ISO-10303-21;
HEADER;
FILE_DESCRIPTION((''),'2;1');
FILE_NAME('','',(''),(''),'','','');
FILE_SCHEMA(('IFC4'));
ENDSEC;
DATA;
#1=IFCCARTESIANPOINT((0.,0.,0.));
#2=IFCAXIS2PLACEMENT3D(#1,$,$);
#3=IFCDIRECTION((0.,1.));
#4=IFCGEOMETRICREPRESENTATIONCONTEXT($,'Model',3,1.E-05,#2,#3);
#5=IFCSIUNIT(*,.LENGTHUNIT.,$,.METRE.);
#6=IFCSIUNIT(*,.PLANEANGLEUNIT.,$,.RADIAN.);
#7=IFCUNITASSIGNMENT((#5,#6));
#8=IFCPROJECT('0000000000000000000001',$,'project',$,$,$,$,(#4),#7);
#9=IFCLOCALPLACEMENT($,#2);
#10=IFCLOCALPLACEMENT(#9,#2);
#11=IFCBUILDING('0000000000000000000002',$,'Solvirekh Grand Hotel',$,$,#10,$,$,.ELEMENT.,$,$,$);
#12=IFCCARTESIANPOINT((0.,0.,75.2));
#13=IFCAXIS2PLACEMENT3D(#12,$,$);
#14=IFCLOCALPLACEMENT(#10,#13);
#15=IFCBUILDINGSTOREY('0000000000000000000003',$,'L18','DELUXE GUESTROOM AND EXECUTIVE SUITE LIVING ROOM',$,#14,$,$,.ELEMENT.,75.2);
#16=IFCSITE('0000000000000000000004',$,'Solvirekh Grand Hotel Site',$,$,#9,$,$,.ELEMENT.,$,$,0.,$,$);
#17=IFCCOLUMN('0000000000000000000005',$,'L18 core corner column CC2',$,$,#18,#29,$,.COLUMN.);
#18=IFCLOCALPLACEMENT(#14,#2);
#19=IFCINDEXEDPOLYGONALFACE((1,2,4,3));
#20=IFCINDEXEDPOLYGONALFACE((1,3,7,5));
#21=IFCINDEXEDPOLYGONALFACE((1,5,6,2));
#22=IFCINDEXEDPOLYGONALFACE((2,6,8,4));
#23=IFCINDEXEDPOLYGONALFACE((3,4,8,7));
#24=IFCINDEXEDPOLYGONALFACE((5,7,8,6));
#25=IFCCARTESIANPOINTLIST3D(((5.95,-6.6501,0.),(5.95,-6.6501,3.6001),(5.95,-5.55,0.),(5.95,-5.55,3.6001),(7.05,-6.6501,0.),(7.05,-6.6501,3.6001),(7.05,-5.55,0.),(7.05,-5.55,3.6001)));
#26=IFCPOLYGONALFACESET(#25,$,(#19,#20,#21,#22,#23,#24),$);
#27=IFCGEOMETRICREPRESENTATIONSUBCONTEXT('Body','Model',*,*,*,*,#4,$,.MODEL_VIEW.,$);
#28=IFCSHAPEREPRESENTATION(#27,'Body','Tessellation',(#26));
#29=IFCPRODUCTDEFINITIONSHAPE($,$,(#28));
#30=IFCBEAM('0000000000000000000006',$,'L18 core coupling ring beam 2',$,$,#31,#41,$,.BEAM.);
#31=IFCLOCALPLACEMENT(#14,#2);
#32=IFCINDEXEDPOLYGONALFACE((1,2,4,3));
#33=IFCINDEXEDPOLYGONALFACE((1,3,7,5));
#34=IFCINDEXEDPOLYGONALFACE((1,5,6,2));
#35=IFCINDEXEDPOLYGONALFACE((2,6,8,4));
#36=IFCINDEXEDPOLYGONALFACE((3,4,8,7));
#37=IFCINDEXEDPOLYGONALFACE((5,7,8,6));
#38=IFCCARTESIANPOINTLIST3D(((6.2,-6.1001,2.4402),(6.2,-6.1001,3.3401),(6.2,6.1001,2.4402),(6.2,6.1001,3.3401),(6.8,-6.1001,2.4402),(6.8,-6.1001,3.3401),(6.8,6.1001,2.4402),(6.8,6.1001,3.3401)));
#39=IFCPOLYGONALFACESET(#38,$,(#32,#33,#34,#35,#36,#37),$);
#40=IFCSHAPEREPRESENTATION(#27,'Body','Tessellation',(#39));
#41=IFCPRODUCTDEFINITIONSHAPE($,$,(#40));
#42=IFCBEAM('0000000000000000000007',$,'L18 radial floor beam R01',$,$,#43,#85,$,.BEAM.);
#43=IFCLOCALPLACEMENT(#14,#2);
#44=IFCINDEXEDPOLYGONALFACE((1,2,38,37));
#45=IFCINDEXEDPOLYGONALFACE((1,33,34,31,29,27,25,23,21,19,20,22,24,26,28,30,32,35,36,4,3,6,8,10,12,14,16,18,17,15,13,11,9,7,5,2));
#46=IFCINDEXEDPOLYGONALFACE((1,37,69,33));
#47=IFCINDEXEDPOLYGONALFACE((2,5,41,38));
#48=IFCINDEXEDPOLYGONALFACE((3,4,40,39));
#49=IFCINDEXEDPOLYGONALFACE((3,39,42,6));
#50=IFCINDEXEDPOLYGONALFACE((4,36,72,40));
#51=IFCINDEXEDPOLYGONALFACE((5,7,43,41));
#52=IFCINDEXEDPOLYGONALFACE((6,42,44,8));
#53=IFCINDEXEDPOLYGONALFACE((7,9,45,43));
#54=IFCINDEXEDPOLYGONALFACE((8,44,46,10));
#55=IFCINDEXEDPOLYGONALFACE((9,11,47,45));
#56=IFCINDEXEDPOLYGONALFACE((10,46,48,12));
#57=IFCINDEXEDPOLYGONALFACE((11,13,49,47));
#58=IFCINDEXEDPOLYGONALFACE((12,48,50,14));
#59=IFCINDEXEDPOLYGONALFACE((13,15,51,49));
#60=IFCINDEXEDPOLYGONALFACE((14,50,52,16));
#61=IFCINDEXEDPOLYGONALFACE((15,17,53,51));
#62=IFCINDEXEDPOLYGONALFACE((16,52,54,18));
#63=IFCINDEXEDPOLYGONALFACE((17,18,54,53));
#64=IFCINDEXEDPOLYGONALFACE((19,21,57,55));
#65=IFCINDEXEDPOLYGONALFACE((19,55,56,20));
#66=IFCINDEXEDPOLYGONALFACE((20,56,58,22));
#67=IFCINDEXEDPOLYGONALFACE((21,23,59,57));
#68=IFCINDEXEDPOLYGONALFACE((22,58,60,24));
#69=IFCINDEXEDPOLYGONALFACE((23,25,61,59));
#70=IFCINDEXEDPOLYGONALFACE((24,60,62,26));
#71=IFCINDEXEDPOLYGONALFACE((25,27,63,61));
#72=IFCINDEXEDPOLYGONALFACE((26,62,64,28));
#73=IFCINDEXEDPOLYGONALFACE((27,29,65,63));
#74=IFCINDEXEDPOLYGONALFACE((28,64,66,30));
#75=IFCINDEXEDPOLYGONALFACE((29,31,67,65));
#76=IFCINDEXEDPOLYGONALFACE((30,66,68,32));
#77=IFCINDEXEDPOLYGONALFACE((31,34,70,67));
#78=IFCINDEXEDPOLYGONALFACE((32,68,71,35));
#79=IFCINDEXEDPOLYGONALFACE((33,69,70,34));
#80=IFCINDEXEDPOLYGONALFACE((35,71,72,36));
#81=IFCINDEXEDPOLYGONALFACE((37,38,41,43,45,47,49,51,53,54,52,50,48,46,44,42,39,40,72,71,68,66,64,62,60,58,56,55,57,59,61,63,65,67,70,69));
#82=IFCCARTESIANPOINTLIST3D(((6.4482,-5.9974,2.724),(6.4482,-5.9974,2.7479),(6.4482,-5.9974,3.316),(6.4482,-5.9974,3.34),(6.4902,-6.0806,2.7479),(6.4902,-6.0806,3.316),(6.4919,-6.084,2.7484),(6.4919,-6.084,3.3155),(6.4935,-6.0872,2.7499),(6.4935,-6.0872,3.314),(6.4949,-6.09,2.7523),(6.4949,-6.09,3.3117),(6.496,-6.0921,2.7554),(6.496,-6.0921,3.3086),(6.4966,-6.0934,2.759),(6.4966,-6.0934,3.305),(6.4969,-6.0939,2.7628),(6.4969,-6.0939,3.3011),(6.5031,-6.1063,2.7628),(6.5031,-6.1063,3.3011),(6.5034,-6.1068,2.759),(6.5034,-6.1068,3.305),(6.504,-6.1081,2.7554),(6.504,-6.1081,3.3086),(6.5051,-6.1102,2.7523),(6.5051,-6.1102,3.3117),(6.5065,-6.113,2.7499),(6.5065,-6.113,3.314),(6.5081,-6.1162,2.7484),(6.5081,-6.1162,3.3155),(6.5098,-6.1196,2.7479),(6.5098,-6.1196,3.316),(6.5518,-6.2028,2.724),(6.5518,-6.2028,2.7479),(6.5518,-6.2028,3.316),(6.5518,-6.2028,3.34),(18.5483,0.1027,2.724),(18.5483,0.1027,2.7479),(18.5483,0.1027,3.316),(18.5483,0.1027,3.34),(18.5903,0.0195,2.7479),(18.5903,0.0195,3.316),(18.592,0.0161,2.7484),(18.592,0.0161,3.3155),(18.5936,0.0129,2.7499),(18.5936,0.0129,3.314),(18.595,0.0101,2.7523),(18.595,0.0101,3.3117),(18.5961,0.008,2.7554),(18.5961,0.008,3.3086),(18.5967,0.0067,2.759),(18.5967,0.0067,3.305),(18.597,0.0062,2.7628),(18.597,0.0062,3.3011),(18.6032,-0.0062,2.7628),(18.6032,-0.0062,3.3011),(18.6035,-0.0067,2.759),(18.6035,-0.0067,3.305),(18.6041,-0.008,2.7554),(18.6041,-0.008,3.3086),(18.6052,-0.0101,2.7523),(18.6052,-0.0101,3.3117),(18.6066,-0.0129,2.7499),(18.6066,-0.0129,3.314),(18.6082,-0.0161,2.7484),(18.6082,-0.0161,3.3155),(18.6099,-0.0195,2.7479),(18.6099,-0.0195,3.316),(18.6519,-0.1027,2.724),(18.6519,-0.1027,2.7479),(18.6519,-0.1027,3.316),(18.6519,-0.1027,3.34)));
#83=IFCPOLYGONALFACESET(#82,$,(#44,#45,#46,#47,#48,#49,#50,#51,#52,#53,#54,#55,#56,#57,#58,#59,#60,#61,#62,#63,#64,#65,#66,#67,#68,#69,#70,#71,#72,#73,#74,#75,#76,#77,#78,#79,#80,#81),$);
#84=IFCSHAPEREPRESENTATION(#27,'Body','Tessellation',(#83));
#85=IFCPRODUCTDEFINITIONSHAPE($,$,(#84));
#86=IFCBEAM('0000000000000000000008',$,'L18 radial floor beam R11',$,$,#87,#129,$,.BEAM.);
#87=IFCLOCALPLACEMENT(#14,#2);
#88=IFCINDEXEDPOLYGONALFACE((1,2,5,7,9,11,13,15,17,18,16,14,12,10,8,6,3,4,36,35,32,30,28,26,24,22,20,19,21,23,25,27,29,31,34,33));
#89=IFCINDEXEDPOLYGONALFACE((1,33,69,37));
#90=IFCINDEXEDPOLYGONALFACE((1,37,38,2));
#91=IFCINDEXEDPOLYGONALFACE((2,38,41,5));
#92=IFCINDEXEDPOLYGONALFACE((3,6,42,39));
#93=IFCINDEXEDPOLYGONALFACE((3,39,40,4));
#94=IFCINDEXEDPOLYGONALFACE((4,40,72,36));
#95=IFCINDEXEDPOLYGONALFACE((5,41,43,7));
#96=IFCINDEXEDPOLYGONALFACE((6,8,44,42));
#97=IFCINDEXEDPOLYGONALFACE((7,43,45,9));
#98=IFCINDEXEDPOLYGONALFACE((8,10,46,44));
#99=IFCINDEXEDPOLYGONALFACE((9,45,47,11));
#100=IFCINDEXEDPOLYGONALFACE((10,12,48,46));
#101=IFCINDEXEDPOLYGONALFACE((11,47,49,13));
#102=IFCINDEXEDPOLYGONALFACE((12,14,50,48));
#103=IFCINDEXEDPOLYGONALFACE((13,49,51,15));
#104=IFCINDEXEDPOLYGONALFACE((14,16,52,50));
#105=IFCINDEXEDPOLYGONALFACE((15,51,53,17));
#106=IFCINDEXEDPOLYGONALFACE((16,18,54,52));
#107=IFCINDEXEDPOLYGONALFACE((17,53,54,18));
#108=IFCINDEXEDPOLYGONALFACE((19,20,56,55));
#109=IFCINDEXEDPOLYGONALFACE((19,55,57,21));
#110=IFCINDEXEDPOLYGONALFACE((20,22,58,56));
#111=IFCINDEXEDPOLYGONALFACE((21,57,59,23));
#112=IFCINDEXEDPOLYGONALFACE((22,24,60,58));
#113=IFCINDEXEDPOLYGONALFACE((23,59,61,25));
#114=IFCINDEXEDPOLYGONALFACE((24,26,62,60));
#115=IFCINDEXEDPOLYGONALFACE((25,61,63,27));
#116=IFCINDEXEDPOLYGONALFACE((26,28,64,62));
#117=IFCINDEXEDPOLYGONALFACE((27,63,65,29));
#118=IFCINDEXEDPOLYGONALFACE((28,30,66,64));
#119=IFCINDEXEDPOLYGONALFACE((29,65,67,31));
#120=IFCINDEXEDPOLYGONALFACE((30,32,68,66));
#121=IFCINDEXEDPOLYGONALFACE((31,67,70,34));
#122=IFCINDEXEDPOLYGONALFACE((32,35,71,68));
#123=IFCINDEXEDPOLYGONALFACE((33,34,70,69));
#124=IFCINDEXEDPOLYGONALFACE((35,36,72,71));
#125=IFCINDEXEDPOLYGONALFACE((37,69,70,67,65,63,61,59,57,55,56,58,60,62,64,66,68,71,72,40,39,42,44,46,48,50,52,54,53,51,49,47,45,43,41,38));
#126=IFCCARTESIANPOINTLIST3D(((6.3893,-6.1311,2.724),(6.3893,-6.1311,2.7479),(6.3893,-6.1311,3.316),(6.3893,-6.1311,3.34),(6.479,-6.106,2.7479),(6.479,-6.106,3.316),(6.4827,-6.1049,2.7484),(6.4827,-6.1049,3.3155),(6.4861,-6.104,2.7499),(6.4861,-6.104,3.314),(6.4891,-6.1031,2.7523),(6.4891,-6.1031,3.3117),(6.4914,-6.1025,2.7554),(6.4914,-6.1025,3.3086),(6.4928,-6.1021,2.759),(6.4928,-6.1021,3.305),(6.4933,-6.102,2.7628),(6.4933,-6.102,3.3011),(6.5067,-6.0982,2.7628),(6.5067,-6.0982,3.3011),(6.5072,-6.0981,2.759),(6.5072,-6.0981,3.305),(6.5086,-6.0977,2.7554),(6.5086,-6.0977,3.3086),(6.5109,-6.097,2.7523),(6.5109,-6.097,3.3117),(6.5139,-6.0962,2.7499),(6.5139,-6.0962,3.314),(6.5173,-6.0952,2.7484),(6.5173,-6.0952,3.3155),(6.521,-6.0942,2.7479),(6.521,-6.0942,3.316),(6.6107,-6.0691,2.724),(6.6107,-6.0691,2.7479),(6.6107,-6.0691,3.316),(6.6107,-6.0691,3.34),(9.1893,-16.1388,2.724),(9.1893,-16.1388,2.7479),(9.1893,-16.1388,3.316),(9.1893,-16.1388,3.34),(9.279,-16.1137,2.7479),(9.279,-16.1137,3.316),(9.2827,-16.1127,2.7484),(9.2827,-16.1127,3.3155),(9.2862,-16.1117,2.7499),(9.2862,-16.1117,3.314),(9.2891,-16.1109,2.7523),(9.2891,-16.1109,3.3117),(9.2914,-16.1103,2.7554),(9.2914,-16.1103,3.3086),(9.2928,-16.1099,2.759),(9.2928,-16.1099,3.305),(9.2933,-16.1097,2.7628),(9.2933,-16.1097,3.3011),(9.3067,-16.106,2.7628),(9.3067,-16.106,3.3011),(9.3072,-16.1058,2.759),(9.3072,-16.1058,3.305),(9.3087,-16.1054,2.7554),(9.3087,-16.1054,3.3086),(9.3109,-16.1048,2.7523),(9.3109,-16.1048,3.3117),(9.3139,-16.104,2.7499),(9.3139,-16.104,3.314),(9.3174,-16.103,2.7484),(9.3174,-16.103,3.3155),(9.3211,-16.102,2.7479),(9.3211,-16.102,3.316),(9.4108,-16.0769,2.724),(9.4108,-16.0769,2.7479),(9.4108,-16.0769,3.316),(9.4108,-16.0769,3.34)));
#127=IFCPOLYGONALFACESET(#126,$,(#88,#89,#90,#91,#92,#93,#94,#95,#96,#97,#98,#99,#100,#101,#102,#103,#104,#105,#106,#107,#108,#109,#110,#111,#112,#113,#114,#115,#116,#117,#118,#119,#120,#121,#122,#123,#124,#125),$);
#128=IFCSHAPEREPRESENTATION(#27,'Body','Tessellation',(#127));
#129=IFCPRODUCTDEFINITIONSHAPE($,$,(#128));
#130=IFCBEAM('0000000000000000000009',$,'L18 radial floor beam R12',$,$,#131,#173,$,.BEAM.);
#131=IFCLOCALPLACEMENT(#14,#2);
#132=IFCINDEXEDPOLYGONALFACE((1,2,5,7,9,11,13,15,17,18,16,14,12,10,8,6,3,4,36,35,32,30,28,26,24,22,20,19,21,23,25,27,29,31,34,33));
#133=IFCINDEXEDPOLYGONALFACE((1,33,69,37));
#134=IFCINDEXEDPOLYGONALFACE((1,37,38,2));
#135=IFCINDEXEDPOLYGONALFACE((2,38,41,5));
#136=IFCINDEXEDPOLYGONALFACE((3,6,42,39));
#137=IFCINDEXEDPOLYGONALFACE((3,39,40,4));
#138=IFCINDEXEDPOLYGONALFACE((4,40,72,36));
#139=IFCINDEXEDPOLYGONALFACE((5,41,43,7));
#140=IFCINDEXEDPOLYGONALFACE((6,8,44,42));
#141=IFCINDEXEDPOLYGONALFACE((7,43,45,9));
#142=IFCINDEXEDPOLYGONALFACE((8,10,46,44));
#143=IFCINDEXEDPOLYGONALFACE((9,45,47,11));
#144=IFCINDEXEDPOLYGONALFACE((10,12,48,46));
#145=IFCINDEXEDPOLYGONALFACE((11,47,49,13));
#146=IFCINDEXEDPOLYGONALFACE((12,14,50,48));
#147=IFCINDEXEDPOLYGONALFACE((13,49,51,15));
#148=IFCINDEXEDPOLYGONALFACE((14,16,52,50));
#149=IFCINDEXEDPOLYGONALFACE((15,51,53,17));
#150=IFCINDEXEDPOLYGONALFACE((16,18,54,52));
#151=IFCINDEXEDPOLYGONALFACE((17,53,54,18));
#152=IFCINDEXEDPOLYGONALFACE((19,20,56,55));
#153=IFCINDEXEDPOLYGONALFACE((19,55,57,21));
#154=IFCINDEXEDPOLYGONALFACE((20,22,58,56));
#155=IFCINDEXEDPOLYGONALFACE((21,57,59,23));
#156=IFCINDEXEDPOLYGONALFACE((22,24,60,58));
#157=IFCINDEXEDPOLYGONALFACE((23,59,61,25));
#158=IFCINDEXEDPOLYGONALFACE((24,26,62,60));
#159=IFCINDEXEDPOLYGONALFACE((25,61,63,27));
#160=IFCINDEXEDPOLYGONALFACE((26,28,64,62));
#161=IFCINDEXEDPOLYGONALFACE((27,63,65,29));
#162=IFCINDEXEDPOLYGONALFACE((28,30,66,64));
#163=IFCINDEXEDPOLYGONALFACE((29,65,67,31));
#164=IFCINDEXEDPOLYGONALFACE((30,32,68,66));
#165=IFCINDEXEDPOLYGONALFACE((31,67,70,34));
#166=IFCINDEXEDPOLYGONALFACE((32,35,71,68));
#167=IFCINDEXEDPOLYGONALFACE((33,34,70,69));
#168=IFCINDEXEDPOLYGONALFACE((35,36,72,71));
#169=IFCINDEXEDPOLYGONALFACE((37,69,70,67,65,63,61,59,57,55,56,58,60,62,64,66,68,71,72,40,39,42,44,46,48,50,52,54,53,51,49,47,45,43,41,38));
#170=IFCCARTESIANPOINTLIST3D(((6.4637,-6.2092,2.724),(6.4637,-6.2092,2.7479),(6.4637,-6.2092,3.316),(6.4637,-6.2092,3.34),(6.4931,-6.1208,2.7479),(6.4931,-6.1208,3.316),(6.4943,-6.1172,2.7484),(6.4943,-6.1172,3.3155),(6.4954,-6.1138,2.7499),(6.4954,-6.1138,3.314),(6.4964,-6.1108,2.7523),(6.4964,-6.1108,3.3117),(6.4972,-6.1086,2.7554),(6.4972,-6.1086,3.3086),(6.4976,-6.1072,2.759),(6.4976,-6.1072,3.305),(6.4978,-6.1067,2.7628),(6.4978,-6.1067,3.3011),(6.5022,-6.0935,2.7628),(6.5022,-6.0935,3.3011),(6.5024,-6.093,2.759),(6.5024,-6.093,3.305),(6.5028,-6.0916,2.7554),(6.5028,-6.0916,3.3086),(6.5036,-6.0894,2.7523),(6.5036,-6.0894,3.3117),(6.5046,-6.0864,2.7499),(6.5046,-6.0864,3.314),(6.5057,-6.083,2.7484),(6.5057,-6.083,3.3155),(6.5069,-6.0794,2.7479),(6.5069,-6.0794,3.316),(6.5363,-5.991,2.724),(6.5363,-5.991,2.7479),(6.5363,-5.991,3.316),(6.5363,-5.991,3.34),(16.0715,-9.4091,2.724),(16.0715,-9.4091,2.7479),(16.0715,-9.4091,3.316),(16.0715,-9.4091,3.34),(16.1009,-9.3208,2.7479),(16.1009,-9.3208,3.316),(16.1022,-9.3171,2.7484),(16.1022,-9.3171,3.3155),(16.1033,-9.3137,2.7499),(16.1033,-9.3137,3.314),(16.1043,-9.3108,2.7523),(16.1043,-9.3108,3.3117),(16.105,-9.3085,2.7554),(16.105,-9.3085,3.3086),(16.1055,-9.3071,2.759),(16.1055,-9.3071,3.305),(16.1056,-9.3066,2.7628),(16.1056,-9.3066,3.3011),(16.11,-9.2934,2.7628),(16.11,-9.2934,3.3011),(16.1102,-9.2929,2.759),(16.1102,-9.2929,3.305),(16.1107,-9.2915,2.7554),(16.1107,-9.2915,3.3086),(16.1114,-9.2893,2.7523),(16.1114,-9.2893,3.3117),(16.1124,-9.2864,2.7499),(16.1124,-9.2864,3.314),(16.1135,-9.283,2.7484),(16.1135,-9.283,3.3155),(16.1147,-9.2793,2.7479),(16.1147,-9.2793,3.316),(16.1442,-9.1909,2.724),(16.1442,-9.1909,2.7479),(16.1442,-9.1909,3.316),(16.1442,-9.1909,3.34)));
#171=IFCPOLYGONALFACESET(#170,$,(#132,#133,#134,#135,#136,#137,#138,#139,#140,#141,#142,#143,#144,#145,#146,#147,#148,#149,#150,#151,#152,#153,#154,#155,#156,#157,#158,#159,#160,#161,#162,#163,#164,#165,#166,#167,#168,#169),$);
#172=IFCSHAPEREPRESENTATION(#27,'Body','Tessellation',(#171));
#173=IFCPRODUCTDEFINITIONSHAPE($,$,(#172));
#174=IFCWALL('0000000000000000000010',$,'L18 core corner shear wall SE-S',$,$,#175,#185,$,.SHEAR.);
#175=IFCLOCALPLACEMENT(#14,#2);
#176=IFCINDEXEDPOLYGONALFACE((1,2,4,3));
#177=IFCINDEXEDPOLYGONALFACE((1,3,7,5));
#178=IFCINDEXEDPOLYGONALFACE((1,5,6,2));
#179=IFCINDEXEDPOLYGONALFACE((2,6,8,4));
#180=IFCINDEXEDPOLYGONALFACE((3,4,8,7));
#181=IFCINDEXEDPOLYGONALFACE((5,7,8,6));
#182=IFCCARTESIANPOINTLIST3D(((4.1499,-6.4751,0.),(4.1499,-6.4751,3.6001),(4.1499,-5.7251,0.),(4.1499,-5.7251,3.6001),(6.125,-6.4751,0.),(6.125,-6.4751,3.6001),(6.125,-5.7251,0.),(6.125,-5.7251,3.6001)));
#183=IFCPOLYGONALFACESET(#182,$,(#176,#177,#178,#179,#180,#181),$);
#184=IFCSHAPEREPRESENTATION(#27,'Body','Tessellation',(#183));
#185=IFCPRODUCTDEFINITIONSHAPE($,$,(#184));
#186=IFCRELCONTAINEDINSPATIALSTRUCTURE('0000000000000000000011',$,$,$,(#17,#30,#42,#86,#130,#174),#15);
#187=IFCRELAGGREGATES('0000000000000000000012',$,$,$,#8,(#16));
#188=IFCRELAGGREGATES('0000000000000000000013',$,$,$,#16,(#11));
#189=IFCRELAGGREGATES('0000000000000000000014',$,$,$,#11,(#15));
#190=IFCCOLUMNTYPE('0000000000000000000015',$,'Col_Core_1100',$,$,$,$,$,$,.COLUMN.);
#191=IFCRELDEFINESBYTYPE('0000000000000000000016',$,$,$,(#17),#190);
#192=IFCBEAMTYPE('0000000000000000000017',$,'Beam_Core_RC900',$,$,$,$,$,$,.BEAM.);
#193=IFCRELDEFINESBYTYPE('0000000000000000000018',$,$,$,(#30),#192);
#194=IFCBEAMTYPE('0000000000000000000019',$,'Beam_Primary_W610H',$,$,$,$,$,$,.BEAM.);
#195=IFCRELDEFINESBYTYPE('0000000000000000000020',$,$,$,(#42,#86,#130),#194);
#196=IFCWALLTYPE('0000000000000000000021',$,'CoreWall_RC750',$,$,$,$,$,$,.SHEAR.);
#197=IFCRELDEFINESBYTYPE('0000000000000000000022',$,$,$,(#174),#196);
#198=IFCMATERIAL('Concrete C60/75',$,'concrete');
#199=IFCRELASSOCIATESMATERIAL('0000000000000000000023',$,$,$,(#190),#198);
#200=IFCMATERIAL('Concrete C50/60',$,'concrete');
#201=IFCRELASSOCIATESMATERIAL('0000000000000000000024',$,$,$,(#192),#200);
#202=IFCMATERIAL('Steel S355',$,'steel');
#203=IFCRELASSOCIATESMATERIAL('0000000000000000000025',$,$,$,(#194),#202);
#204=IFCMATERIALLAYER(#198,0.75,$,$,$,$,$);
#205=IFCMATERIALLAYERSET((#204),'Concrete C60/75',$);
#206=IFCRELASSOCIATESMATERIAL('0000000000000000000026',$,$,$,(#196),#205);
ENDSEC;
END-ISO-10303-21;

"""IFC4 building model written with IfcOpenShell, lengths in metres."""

from ifc_helpers import new_model, si_unit, direction, frame, frame_2d, origin, origin_2d, place, context, subcontext, project, spatial, rectangle, i_section, extrude, material, layer, layer_set, material_profile, profile_set, type_object, element, save


model = new_model("IFC4")

# Units and contexts
model_context = context("Model", 3, precision=1e-05, world=origin(), true_north=direction((0.0, 1.0)))
body_context = subcontext(model_context, "Body", "Model", "MODEL_VIEW")
ifc_project = project(units=[si_unit("LENGTHUNIT", "METRE"), si_unit("PLANEANGLEUNIT", "RADIAN")], contexts=[model_context])

# Site, building, storey
site_placement = place(None, origin())
site = spatial("IfcSite", under=ifc_project, at=site_placement, Name="Solvirekh Grand Hotel Site", CompositionType="ELEMENT", RefElevation=0.0)
building_placement = place(site_placement, origin())
building = spatial("IfcBuilding", under=site, at=building_placement, Name="Solvirekh Grand Hotel", CompositionType="ELEMENT")
storey_placement = place(building_placement, frame((0.0, 0.0, 75.2)))
storey = spatial("IfcBuildingStorey", under=building, at=storey_placement, Name="L18", Description="DELUXE GUESTROOM AND EXECUTIVE SUITE LIVING ROOM", CompositionType="ELEMENT", Elevation=75.2)

# Column
ifc_material_1 = material(Name="Concrete C60/75", Category="concrete")
ifc_material_profile_1 = material_profile(ifc_material_1, rectangle(XDim=1.1001, YDim=1.1001, at=origin_2d()), Name="RC 1100X1100")
ifc_profile_set_1 = profile_set([ifc_material_profile_1], Name="Concrete C60/75")
column_type = type_object("IfcColumnType", Name="Col_Core_1100", PredefinedType="COLUMN", material=ifc_profile_set_1)
column_placement = place(storey_placement, frame((6.5, -6.1001, 0.0), z_axis=(0.0, 0.0, 1.0), x_axis=(1.0, 0.0, 0.0)))
element("IfcColumn", 1, at=column_placement, inside=storey, type_object=column_type, Name="L18 core corner column CC2", PredefinedType="COLUMN", context=body_context, shape_type="SweptSolid", body=[
    extrude(rectangle(XDim=1.1001, YDim=1.1001, at=origin_2d()), origin(), (0.0, 0.0, 1.0), 3.6001),
])

# Beams
ifc_material_2 = material(Name="Concrete C50/60", Category="concrete")
ifc_material_profile_2 = material_profile(ifc_material_2, rectangle(XDim=0.6001, YDim=0.8999, at=origin_2d()), Name="RC BEAM 600X900")
ifc_profile_set_2 = profile_set([ifc_material_profile_2], Name="Concrete C50/60")
beam_type_1 = type_object("IfcBeamType", Name="Beam_Core_RC900", PredefinedType="BEAM", material=ifc_profile_set_2)
beam_1_placement = place(storey_placement, frame((6.5, -6.1001, 2.8901), z_axis=(0.0, 1.0, 0.0), x_axis=(-1.0, 0.0, 0.0)))
element("IfcBeam", 2, at=beam_1_placement, inside=storey, type_object=beam_type_1, Name="L18 core coupling ring beam 2", PredefinedType="BEAM", context=body_context, shape_type="SweptSolid", body=[
    extrude(rectangle(XDim=0.6001, YDim=0.8999, at=origin_2d()), origin(), (0.0, 0.0, 1.0), 12.2002),
])
ifc_material_3 = material(Name="Steel S355", Category="steel")
ifc_material_profile_3 = material_profile(ifc_material_3, i_section(OverallWidth=0.23, OverallDepth=0.616, WebThickness=0.0139, FlangeThickness=0.0239, FilletRadius=0.0149, at=origin_2d()), Name="W610X174")
ifc_profile_set_3 = profile_set([ifc_material_profile_3], Name="Steel S355")
beam_type_2 = type_object("IfcBeamType", Name="Beam_Primary_W610H", PredefinedType="BEAM", material=ifc_profile_set_3)
beam_2_placement = place(storey_placement, frame((6.5, -6.1001, 3.032), z_axis=(0.892945, 0.450166, 0.0), x_axis=(-0.450166, 0.892945, 0.0)))
element("IfcBeam", 3, at=beam_2_placement, inside=storey, type_object=beam_type_2, Name="L18 radial floor beam R01", PredefinedType="BEAM", context=body_context, shape_type="SweptSolid", body=[
    extrude(i_section(OverallWidth=0.23, OverallDepth=0.616, WebThickness=0.0139, FlangeThickness=0.0239, FilletRadius=0.0149, at=origin_2d()), origin(), (0.0, 0.0, 1.0), 13.5508),
])
beam_3_placement = place(storey_placement, frame((6.5, -6.1001, 3.032), z_axis=(0.269439, -0.963017, 0.0), x_axis=(0.963017, 0.269439, 0.0)))
element("IfcBeam", 4, at=beam_3_placement, inside=storey, type_object=beam_type_2, Name="L18 radial floor beam R11", PredefinedType="BEAM", context=body_context, shape_type="SweptSolid", body=[
    extrude(i_section(OverallWidth=0.23, OverallDepth=0.616, WebThickness=0.0139, FlangeThickness=0.0239, FilletRadius=0.0149, at=origin_2d()), origin(), (0.0, 0.0, 1.0), 10.3921),
])
beam_4_placement = place(storey_placement, frame((6.5, -6.1001, 3.032), z_axis=(0.948763, -0.315989, 0.0), x_axis=(0.315989, 0.948763, 0.0)))
element("IfcBeam", 5, at=beam_4_placement, inside=storey, type_object=beam_type_2, Name="L18 radial floor beam R12", PredefinedType="BEAM", context=body_context, shape_type="SweptSolid", body=[
    extrude(i_section(OverallWidth=0.23, OverallDepth=0.616, WebThickness=0.0139, FlangeThickness=0.0239, FilletRadius=0.0149, at=origin_2d()), origin(), (0.0, 0.0, 1.0), 10.1267),
])

# Wall
ifc_layer_1 = layer(ifc_material_1, 0.75)
ifc_layer_set_1 = layer_set([ifc_layer_1], Name="Concrete C60/75")
wall_type_1 = type_object("IfcWallType", Name="CoreWall_RC750", PredefinedType="SHEAR", material=ifc_layer_set_1)
wall_1_placement = place(storey_placement, frame((4.1499, -6.1001, 0.0), z_axis=(0.0, 0.0, 1.0), x_axis=(1.0, 0.0, 0.0)))
element("IfcWall", 6, at=wall_1_placement, inside=storey, type_object=wall_type_1, Name="L18 core corner shear wall SE-S", PredefinedType="SHEAR", context=body_context, shape_type="SweptSolid", body=[
    extrude(rectangle(XDim=1.9751, YDim=0.75, at=frame_2d((0.9875, 0.0))), origin(), (0.0, 0.0, 1.0), 3.6001),
])

save(model, "model.ifc")
